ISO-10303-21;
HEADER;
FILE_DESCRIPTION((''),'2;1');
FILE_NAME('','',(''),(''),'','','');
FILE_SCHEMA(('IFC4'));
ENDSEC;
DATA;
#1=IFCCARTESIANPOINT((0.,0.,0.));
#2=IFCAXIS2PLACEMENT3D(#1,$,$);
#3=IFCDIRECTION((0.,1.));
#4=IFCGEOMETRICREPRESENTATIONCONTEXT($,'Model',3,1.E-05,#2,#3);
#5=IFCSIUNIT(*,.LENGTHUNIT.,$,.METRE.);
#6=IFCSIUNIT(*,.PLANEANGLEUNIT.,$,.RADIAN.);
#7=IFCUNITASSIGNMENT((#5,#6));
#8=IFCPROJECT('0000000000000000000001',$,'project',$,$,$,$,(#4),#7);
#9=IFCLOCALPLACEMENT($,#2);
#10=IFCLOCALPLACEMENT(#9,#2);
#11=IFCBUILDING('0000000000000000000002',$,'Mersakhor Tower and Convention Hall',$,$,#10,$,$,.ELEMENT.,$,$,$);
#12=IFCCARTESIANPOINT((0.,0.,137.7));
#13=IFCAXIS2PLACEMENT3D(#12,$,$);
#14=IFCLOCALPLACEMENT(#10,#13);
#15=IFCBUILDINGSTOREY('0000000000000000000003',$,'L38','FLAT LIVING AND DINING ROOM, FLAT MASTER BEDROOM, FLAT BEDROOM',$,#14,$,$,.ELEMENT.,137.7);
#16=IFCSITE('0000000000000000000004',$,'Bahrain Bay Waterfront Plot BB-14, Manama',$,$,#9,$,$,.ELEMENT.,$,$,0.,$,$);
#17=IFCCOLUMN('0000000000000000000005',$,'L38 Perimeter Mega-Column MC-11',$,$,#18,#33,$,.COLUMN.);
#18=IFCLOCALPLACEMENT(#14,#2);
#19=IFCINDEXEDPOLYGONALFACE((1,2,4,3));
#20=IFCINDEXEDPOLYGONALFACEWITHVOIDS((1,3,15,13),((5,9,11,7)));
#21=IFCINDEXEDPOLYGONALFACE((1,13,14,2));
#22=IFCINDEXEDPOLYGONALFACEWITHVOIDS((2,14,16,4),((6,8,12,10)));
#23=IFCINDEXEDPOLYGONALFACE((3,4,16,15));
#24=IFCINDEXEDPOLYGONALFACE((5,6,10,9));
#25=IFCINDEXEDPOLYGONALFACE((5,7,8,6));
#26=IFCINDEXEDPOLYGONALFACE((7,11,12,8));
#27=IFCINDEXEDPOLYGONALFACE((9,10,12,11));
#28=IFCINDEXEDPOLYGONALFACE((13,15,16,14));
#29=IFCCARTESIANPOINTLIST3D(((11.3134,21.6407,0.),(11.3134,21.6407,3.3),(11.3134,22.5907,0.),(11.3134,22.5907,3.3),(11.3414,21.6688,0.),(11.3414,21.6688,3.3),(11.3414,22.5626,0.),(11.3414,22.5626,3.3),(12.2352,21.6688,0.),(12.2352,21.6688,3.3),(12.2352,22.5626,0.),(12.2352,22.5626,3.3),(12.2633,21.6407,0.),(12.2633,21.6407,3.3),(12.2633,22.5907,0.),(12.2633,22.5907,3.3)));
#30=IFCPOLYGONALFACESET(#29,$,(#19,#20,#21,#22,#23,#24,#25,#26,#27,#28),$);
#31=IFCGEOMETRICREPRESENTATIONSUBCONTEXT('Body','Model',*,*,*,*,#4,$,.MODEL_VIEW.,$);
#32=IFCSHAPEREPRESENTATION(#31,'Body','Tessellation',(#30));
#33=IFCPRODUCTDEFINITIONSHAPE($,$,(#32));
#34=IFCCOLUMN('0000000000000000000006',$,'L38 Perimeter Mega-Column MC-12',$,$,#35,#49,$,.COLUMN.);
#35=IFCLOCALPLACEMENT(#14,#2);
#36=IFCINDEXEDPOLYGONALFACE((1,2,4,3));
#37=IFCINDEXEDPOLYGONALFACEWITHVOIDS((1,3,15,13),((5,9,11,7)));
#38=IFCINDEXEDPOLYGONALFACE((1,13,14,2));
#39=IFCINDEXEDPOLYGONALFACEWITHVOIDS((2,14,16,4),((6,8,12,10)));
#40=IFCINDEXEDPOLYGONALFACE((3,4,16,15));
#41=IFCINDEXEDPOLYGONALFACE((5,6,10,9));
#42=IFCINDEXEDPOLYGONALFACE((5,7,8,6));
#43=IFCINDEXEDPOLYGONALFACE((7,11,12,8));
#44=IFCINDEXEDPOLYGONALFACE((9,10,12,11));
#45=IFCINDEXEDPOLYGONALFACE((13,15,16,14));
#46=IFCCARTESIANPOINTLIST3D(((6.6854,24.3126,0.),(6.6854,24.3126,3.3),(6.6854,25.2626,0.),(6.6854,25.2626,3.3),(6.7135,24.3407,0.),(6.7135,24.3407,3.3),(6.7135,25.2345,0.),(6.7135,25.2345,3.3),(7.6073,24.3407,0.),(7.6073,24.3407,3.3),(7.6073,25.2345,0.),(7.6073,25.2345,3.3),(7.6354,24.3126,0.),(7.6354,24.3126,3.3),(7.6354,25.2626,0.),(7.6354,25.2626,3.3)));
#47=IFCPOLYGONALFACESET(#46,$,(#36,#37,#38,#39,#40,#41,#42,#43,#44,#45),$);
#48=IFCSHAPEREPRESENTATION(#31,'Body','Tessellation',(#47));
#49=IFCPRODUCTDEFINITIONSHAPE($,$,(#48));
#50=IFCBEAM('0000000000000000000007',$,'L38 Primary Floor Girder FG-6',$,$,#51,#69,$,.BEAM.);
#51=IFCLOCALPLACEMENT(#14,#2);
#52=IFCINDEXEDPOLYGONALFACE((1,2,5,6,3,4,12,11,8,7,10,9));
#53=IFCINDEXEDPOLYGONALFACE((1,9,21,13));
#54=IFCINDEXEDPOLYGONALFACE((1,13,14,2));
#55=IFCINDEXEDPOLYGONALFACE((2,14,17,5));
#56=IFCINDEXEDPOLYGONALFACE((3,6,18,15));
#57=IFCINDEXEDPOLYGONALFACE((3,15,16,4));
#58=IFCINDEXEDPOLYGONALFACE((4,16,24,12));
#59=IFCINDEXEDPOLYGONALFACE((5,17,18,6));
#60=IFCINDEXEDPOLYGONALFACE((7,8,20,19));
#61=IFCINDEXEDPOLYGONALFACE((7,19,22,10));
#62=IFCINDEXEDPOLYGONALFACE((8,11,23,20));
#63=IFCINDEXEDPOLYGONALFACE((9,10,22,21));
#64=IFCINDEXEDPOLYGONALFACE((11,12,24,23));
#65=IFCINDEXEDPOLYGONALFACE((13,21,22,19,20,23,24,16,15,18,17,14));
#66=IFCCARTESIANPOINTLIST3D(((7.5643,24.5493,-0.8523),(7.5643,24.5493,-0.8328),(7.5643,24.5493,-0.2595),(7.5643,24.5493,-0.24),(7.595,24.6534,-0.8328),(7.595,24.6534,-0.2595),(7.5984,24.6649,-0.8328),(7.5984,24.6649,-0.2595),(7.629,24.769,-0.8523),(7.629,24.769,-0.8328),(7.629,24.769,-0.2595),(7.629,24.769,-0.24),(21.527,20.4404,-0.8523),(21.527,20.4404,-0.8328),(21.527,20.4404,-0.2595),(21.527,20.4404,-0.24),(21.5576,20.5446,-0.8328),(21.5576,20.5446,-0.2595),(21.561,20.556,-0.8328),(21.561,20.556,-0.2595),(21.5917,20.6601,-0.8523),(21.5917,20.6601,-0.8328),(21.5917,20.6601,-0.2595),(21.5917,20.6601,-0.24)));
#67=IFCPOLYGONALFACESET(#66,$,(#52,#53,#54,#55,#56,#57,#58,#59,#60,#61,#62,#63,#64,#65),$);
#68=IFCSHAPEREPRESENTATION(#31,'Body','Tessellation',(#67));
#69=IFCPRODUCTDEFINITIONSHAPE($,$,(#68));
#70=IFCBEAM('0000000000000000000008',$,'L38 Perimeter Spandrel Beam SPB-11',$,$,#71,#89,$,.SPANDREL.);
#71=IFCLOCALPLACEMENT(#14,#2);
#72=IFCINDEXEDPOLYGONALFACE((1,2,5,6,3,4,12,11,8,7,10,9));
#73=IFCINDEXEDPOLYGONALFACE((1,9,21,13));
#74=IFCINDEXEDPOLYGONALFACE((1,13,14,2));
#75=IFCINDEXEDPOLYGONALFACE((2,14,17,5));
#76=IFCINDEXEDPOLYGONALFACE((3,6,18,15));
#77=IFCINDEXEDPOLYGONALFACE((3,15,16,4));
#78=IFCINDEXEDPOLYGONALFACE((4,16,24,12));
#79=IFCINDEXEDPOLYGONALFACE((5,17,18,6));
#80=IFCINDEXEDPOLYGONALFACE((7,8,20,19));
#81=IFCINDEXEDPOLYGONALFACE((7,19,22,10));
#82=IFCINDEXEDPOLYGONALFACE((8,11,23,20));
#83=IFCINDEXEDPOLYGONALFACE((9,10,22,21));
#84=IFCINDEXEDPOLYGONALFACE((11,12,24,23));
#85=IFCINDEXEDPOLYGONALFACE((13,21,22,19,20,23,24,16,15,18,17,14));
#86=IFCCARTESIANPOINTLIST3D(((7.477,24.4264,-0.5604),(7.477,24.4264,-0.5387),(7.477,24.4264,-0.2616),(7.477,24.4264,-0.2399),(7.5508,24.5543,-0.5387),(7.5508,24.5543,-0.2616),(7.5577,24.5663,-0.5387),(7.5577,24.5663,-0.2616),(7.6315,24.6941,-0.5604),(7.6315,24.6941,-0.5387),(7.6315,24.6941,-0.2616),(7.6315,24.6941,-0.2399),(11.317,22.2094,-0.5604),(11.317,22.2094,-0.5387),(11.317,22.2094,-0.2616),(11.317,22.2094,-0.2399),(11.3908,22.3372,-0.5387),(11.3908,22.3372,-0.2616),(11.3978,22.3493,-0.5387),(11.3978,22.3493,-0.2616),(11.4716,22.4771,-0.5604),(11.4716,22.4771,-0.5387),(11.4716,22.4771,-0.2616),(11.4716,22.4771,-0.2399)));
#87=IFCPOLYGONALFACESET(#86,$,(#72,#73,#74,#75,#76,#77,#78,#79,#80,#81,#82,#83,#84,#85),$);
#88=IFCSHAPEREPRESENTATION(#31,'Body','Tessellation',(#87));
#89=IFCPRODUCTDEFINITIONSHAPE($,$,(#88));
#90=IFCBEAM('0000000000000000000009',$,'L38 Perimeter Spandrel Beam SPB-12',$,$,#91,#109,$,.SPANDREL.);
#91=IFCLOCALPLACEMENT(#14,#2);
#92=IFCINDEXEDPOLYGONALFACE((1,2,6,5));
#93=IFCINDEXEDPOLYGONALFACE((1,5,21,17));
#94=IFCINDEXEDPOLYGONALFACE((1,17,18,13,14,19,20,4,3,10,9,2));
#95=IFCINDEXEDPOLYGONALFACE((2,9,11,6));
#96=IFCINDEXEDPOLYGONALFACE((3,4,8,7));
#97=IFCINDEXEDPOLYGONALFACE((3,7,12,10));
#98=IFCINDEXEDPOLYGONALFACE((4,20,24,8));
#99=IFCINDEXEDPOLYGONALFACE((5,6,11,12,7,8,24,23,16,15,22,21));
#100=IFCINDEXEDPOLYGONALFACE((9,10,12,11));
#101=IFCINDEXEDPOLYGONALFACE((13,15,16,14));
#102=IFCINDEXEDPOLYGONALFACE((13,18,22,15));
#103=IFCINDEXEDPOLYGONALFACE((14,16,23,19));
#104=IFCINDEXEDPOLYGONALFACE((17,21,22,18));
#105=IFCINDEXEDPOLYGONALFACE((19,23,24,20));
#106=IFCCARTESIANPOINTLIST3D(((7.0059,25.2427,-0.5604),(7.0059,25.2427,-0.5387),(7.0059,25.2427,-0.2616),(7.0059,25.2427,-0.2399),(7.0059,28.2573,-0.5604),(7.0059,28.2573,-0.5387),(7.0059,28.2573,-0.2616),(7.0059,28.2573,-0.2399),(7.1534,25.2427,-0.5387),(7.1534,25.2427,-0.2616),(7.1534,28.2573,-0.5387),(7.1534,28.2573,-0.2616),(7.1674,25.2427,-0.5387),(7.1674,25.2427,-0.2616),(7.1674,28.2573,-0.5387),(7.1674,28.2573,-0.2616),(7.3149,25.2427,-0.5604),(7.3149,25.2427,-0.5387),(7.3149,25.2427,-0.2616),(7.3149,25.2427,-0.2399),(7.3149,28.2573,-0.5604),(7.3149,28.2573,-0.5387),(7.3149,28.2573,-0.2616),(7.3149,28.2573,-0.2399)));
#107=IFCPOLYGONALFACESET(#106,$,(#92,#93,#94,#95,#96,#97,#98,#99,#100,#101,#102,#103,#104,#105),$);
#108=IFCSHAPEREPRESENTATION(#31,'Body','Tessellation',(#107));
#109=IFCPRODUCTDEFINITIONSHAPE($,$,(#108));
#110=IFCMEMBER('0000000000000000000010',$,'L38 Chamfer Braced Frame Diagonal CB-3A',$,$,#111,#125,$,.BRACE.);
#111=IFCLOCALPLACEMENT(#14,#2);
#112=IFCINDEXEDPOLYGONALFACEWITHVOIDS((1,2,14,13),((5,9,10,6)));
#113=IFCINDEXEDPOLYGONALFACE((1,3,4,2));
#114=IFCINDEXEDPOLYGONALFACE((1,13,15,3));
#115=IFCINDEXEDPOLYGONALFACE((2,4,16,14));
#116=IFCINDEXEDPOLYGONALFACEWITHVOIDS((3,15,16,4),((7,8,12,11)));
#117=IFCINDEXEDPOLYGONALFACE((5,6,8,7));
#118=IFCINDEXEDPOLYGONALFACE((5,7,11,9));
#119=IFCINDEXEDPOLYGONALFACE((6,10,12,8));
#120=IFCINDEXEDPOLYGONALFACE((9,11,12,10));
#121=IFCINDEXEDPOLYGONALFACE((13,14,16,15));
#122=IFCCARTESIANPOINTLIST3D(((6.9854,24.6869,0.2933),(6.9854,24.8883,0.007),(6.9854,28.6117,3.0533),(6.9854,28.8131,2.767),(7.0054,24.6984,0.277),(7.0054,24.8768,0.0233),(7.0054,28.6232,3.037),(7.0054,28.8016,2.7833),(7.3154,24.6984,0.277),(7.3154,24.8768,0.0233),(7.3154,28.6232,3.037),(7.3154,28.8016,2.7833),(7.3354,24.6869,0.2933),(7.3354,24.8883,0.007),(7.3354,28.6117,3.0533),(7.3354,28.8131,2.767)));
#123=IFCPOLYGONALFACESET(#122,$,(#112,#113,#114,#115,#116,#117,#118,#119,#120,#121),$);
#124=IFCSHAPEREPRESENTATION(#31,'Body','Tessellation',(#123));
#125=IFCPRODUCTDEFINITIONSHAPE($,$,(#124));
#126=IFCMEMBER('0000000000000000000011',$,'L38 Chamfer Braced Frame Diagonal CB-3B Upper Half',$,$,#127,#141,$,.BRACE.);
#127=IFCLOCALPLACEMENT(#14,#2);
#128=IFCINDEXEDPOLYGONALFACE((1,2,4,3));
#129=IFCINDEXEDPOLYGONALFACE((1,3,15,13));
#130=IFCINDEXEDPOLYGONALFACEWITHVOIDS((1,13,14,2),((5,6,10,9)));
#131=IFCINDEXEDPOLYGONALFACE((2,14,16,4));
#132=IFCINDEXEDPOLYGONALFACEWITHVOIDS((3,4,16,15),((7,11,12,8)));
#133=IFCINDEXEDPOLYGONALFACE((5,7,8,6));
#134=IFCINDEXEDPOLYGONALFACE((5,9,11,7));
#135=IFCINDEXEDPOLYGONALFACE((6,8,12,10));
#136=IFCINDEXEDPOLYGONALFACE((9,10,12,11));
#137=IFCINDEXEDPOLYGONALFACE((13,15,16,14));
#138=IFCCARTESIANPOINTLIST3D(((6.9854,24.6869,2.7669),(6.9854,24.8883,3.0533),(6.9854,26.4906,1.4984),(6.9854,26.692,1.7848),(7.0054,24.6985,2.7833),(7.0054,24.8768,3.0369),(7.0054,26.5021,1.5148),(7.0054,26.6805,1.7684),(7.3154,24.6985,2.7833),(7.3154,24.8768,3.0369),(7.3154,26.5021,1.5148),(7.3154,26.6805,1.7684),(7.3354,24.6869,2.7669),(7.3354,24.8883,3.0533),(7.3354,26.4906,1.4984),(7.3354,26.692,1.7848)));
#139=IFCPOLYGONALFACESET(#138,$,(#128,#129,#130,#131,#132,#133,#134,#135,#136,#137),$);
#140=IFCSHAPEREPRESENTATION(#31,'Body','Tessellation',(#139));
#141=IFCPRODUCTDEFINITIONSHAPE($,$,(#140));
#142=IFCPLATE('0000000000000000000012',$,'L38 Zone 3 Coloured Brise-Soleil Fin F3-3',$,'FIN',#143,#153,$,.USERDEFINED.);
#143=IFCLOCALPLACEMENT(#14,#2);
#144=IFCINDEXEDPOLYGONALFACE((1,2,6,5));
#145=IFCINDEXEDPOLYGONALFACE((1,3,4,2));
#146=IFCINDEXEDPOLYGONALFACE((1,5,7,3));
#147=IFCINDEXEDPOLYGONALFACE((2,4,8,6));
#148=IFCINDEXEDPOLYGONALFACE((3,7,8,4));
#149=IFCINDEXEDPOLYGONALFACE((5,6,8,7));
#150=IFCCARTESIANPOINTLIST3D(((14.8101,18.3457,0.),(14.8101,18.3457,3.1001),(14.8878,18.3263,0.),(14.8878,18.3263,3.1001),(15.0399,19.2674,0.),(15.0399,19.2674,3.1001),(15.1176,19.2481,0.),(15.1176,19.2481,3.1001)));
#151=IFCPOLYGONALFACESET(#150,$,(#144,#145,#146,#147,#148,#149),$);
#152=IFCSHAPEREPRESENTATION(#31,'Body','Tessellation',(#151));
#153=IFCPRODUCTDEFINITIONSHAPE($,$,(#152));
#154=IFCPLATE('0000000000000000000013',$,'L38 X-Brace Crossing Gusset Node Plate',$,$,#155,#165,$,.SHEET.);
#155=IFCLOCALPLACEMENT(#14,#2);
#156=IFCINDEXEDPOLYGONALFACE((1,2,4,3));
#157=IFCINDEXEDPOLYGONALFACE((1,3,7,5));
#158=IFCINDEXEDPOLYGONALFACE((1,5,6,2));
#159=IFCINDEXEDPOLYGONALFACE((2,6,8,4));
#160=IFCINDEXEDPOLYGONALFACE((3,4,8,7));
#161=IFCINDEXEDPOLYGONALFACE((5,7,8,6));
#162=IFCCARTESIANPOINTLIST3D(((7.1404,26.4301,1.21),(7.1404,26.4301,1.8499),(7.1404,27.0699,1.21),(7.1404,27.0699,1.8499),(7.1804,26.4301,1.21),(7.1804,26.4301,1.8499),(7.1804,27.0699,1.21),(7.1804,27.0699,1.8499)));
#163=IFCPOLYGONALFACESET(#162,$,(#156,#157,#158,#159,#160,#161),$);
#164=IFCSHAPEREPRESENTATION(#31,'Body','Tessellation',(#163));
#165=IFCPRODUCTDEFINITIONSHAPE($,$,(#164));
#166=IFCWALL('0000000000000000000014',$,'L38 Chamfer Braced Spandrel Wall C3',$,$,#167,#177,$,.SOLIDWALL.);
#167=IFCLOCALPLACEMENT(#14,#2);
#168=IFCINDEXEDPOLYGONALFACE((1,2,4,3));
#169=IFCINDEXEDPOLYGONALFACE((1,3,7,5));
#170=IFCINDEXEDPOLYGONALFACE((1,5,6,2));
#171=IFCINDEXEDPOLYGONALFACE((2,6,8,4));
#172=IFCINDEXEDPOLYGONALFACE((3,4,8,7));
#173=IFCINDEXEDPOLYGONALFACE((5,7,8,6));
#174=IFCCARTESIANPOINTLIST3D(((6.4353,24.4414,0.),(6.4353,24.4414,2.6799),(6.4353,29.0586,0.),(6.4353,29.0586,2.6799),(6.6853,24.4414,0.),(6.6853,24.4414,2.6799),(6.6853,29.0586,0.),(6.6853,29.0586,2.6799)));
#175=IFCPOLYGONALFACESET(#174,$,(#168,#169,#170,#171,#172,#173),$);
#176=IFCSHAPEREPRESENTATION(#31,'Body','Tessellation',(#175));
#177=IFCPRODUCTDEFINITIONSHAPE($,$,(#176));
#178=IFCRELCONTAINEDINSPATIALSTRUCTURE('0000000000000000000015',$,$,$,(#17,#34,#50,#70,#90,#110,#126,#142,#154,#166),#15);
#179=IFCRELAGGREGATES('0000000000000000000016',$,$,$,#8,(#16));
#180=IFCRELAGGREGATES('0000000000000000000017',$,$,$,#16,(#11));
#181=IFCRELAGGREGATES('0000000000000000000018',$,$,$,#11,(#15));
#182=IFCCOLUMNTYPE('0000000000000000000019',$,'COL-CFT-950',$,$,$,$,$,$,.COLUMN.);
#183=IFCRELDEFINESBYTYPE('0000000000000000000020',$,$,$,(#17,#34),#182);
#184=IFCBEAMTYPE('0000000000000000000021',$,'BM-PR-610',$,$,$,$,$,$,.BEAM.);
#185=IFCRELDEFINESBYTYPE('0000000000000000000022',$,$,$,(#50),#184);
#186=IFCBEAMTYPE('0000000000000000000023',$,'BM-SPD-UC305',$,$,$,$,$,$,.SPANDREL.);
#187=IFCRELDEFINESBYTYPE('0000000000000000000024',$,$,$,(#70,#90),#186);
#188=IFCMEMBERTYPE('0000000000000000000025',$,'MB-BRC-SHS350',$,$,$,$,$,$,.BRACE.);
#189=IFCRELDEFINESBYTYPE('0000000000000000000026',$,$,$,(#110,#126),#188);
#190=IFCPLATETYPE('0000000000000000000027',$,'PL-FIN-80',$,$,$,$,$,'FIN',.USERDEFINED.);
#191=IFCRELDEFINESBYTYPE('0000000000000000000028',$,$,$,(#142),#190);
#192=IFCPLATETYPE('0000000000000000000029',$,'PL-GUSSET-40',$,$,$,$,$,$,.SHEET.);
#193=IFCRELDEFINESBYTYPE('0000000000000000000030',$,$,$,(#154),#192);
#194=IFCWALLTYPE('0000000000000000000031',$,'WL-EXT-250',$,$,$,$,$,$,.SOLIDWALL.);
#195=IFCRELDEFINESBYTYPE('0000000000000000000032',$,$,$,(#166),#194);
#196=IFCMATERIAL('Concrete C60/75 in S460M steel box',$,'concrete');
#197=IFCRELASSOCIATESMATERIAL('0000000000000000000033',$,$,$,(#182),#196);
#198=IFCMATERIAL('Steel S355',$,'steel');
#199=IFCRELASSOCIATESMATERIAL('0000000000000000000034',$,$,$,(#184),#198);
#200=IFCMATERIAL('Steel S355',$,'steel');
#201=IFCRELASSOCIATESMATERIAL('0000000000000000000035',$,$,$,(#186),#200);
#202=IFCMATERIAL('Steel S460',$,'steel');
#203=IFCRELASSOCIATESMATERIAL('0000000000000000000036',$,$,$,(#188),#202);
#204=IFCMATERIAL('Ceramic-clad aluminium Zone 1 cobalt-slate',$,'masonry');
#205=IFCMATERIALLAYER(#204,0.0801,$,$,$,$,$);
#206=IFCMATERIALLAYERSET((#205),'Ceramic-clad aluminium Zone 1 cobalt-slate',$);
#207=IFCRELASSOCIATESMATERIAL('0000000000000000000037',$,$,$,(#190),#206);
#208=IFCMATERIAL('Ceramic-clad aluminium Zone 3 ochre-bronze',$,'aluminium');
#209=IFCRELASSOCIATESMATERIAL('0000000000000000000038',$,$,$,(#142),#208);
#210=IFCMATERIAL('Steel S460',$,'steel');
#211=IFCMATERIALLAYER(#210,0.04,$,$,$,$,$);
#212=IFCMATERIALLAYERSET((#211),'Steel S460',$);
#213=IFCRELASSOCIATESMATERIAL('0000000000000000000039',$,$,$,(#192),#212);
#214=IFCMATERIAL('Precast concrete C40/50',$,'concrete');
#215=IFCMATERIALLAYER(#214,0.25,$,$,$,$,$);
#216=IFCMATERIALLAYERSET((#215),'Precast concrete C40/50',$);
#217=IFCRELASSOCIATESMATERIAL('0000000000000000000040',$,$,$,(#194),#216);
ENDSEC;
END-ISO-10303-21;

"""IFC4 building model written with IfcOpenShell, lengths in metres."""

from ifc_helpers import new_model, si_unit, direction, frame, frame_2d, origin, origin_2d, place, context, subcontext, project, spatial, rectangle, hollow_rectangle, i_section, extrude, material, layer, layer_set, material_profile, profile_set, type_object, element, save


model = new_model("IFC4")

# Units and contexts
model_context = context("Model", 3, precision=1e-05, world=origin(), true_north=direction((0.0, 1.0)))
body_context = subcontext(model_context, "Body", "Model", "MODEL_VIEW")
ifc_project = project(units=[si_unit("LENGTHUNIT", "METRE"), si_unit("PLANEANGLEUNIT", "RADIAN")], contexts=[model_context])

# Site, building, storey
site_placement = place(None, origin())
site = spatial("IfcSite", under=ifc_project, at=site_placement, Name="Bahrain Bay Waterfront Plot BB-14, Manama", CompositionType="ELEMENT", RefElevation=0.0)
building_placement = place(site_placement, origin())
building = spatial("IfcBuilding", under=site, at=building_placement, Name="Mersakhor Tower and Convention Hall", CompositionType="ELEMENT")
storey_placement = place(building_placement, frame((0.0, 0.0, 137.7)))
storey = spatial("IfcBuildingStorey", under=building, at=storey_placement, Name="L38", Description="FLAT LIVING AND DINING ROOM, FLAT MASTER BEDROOM, FLAT BEDROOM", CompositionType="ELEMENT", Elevation=137.7)

# Columns
ifc_material_1 = material(Name="Concrete C60/75 in S460M steel box", Category="concrete")
ifc_material_profile_1 = material_profile(ifc_material_1, hollow_rectangle(XDim=0.95, YDim=0.95, WallThickness=0.0281, at=origin_2d()), Name="SHS 950x950x28")
ifc_profile_set_1 = profile_set([ifc_material_profile_1], Name="Concrete C60/75 in S460M steel box")
column_type = type_object("IfcColumnType", Name="COL-CFT-950", PredefinedType="COLUMN", material=ifc_profile_set_1)
for number, where, z_axis, x_axis, name in (
    (1, (11.7883, 22.1157, 0.0), (0.0, 0.0, 1.0), (1.0, 0.0, 0.0), "L38 Perimeter Mega-Column MC-11"),
    (2, (7.1604, 24.7876, 0.0), (0.0, 0.0, 1.0), (1.0, 0.0, 0.0), "L38 Perimeter Mega-Column MC-12"),
):
    element("IfcColumn", number, at=place(storey_placement, frame(where, z_axis=z_axis, x_axis=x_axis)), inside=storey, type_object=column_type, Name=name, PredefinedType="COLUMN", context=body_context, shape_type="SweptSolid", body=[
        extrude(hollow_rectangle(XDim=0.95, YDim=0.95, WallThickness=0.0281, at=origin_2d()), origin(), (0.0, 0.0, 1.0), 3.3),
    ])

# Beams
ifc_material_2 = material(Name="Steel S355", Category="steel")
ifc_material_profile_2 = material_profile(ifc_material_2, i_section(OverallWidth=0.229, OverallDepth=0.6123, WebThickness=0.012, FlangeThickness=0.0195, at=origin_2d()), Name="UB 610x229x125")
ifc_profile_set_2 = profile_set([ifc_material_profile_2], Name="Steel S355")
beam_type_1 = type_object("IfcBeamType", Name="BM-PR-610", PredefinedType="BEAM", material=ifc_profile_set_2)
beam_1_placement = place(storey_placement, frame((21.5593, 20.5503, -0.5461), z_axis=(-0.959324, 0.282307, 0.0), x_axis=(-0.282307, -0.959324, 0.0)))
element("IfcBeam", 3, at=beam_1_placement, inside=storey, type_object=beam_type_1, Name="L38 Primary Floor Girder FG-6", PredefinedType="BEAM", context=body_context, shape_type="SweptSolid", body=[
    extrude(i_section(OverallWidth=0.229, OverallDepth=0.6123, WebThickness=0.012, FlangeThickness=0.0195, at=origin_2d()), origin(), (0.0, 0.0, 1.0), 14.5547),
])
ifc_material_3 = material(Name="Steel S355", Category="steel")
ifc_material_profile_3 = material_profile(ifc_material_3, i_section(OverallWidth=0.3091, OverallDepth=0.3206, WebThickness=0.0139, FlangeThickness=0.0217, at=origin_2d()), Name="UC 305x305x137")
ifc_profile_set_3 = profile_set([ifc_material_profile_3], Name="Steel S355")
beam_type_2 = type_object("IfcBeamType", Name="BM-SPD-UC305", PredefinedType="SPANDREL", material=ifc_profile_set_3)
beam_2_placement = place(storey_placement, frame((11.3943, 22.3433, -0.4001), z_axis=(-0.866029, 0.499994, 0.0), x_axis=(-0.499994, -0.866029, 0.0)))
element("IfcBeam", 4, at=beam_2_placement, inside=storey, type_object=beam_type_2, Name="L38 Perimeter Spandrel Beam SPB-11", PredefinedType="SPANDREL", context=body_context, shape_type="SweptSolid", body=[
    extrude(i_section(OverallWidth=0.3091, OverallDepth=0.3206, WebThickness=0.0139, FlangeThickness=0.0217, at=origin_2d()), origin(), (0.0, 0.0, 1.0), 4.4341),
])
beam_3_placement = place(storey_placement, frame((7.1604, 25.2427, -0.4001), z_axis=(0.0, 1.0, 0.0), x_axis=(-1.0, 0.0, 0.0)))
element("IfcBeam", 5, at=beam_3_placement, inside=storey, type_object=beam_type_2, Name="L38 Perimeter Spandrel Beam SPB-12", PredefinedType="SPANDREL", context=body_context, shape_type="SweptSolid", body=[
    extrude(i_section(OverallWidth=0.3091, OverallDepth=0.3206, WebThickness=0.0139, FlangeThickness=0.0217, at=origin_2d()), origin(), (0.0, 0.0, 1.0), 3.0146),
])

# Members
ifc_material_4 = material(Name="Steel S460", Category="steel")
ifc_material_profile_4 = material_profile(ifc_material_4, hollow_rectangle(XDim=0.3501, YDim=0.3501, WallThickness=0.02, at=origin_2d()), Name="SHS 350x350x20")
ifc_profile_set_4 = profile_set([ifc_material_profile_4], Name="Steel S460")
member_type = type_object("IfcMemberType", Name="MB-BRC-SHS350", PredefinedType="BRACE", material=ifc_profile_set_4)
member_1_placement = place(storey_placement, frame((7.1604, 24.7876, 0.1501), z_axis=(0.0, 0.817992, 0.57523), x_axis=(-1.0, 0.0, 0.0)))
element("IfcMember", 6, at=member_1_placement, inside=storey, type_object=member_type, Name="L38 Chamfer Braced Frame Diagonal CB-3A", PredefinedType="BRACE", context=body_context, shape_type="SweptSolid", body=[
    extrude(hollow_rectangle(XDim=0.3501, YDim=0.3501, WallThickness=0.02, at=origin_2d()), origin(), (0.0, 0.0, 1.0), 4.7981),
])
member_2_placement = place(storey_placement, frame((7.1604, 26.5913, 1.6416), z_axis=(0.0, -0.817961, 0.575274), x_axis=(1.0, 0.0, 0.0)))
element("IfcMember", 7, at=member_2_placement, inside=storey, type_object=member_type, Name="L38 Chamfer Braced Frame Diagonal CB-3B Upper Half", PredefinedType="BRACE", context=body_context, shape_type="SweptSolid", body=[
    extrude(hollow_rectangle(XDim=0.3501, YDim=0.3501, WallThickness=0.02, at=origin_2d()), origin(), (0.0, 0.0, 1.0), 2.2051),
])

# Plates
ifc_material_5 = material(Name="Ceramic-clad aluminium Zone 3 ochre-bronze", Category="aluminium")
ifc_material_6 = material(Name="Ceramic-clad aluminium Zone 1 cobalt-slate", Category="masonry")
ifc_layer_1 = layer(ifc_material_6, 0.0801)
ifc_layer_set_1 = layer_set([ifc_layer_1], Name="Ceramic-clad aluminium Zone 1 cobalt-slate")
plate_type_1 = type_object("IfcPlateType", Name="PL-FIN-80", ElementType="FIN", PredefinedType="USERDEFINED", material=ifc_layer_set_1)
plate_1_placement = place(storey_placement, frame((14.9639, 18.7969, 0.0), z_axis=(0.0, 0.0, 1.0), x_axis=(-0.241922, -0.970296, 0.0)))
element("IfcPlate", 8, at=plate_1_placement, inside=storey, type_object=plate_type_1, material=ifc_material_5, Name="L38 Zone 3 Coloured Brise-Soleil Fin F3-3", ObjectType="FIN", PredefinedType="USERDEFINED", context=body_context, shape_type="SweptSolid", body=[
    extrude(rectangle(XDim=0.95, YDim=0.0801, at=origin_2d()), origin(), (0.0, 0.0, 1.0), 3.1001),
])
ifc_material_7 = material(Name="Steel S460", Category="steel")
ifc_layer_2 = layer(ifc_material_7, 0.04)
ifc_layer_set_2 = layer_set([ifc_layer_2], Name="Steel S460")
plate_type_2 = type_object("IfcPlateType", Name="PL-GUSSET-40", PredefinedType="SHEET", material=ifc_layer_set_2)
plate_2_placement = place(storey_placement, frame((7.1604, 26.75, 1.21), z_axis=(0.0, 0.0, 1.0), x_axis=(0.0, -1.0, 0.0)))
element("IfcPlate", 9, at=plate_2_placement, inside=storey, type_object=plate_type_2, Name="L38 X-Brace Crossing Gusset Node Plate", PredefinedType="SHEET", context=body_context, shape_type="SweptSolid", body=[
    extrude(rectangle(XDim=0.6399, YDim=0.04, at=origin_2d()), origin(), (0.0, 0.0, 1.0), 0.6399),
])

# Wall
ifc_material_8 = material(Name="Precast concrete C40/50", Category="concrete")
ifc_layer_3 = layer(ifc_material_8, 0.25)
ifc_layer_set_3 = layer_set([ifc_layer_3], Name="Precast concrete C40/50")
wall_type_1 = type_object("IfcWallType", Name="WL-EXT-250", PredefinedType="SOLIDWALL", material=ifc_layer_set_3)
wall_1_placement = place(storey_placement, frame((6.5603, 24.4414, 0.0), z_axis=(0.0, 0.0, 1.0), x_axis=(0.0, 1.0, 0.0)))
element("IfcWall", 10, at=wall_1_placement, inside=storey, type_object=wall_type_1, Name="L38 Chamfer Braced Spandrel Wall C3", PredefinedType="SOLIDWALL", context=body_context, shape_type="SweptSolid", body=[
    extrude(rectangle(XDim=4.6172, YDim=0.25, at=frame_2d((2.3086, 0.0))), origin(), (0.0, 0.0, 1.0), 2.6799),
])

save(model, "model.ifc")
